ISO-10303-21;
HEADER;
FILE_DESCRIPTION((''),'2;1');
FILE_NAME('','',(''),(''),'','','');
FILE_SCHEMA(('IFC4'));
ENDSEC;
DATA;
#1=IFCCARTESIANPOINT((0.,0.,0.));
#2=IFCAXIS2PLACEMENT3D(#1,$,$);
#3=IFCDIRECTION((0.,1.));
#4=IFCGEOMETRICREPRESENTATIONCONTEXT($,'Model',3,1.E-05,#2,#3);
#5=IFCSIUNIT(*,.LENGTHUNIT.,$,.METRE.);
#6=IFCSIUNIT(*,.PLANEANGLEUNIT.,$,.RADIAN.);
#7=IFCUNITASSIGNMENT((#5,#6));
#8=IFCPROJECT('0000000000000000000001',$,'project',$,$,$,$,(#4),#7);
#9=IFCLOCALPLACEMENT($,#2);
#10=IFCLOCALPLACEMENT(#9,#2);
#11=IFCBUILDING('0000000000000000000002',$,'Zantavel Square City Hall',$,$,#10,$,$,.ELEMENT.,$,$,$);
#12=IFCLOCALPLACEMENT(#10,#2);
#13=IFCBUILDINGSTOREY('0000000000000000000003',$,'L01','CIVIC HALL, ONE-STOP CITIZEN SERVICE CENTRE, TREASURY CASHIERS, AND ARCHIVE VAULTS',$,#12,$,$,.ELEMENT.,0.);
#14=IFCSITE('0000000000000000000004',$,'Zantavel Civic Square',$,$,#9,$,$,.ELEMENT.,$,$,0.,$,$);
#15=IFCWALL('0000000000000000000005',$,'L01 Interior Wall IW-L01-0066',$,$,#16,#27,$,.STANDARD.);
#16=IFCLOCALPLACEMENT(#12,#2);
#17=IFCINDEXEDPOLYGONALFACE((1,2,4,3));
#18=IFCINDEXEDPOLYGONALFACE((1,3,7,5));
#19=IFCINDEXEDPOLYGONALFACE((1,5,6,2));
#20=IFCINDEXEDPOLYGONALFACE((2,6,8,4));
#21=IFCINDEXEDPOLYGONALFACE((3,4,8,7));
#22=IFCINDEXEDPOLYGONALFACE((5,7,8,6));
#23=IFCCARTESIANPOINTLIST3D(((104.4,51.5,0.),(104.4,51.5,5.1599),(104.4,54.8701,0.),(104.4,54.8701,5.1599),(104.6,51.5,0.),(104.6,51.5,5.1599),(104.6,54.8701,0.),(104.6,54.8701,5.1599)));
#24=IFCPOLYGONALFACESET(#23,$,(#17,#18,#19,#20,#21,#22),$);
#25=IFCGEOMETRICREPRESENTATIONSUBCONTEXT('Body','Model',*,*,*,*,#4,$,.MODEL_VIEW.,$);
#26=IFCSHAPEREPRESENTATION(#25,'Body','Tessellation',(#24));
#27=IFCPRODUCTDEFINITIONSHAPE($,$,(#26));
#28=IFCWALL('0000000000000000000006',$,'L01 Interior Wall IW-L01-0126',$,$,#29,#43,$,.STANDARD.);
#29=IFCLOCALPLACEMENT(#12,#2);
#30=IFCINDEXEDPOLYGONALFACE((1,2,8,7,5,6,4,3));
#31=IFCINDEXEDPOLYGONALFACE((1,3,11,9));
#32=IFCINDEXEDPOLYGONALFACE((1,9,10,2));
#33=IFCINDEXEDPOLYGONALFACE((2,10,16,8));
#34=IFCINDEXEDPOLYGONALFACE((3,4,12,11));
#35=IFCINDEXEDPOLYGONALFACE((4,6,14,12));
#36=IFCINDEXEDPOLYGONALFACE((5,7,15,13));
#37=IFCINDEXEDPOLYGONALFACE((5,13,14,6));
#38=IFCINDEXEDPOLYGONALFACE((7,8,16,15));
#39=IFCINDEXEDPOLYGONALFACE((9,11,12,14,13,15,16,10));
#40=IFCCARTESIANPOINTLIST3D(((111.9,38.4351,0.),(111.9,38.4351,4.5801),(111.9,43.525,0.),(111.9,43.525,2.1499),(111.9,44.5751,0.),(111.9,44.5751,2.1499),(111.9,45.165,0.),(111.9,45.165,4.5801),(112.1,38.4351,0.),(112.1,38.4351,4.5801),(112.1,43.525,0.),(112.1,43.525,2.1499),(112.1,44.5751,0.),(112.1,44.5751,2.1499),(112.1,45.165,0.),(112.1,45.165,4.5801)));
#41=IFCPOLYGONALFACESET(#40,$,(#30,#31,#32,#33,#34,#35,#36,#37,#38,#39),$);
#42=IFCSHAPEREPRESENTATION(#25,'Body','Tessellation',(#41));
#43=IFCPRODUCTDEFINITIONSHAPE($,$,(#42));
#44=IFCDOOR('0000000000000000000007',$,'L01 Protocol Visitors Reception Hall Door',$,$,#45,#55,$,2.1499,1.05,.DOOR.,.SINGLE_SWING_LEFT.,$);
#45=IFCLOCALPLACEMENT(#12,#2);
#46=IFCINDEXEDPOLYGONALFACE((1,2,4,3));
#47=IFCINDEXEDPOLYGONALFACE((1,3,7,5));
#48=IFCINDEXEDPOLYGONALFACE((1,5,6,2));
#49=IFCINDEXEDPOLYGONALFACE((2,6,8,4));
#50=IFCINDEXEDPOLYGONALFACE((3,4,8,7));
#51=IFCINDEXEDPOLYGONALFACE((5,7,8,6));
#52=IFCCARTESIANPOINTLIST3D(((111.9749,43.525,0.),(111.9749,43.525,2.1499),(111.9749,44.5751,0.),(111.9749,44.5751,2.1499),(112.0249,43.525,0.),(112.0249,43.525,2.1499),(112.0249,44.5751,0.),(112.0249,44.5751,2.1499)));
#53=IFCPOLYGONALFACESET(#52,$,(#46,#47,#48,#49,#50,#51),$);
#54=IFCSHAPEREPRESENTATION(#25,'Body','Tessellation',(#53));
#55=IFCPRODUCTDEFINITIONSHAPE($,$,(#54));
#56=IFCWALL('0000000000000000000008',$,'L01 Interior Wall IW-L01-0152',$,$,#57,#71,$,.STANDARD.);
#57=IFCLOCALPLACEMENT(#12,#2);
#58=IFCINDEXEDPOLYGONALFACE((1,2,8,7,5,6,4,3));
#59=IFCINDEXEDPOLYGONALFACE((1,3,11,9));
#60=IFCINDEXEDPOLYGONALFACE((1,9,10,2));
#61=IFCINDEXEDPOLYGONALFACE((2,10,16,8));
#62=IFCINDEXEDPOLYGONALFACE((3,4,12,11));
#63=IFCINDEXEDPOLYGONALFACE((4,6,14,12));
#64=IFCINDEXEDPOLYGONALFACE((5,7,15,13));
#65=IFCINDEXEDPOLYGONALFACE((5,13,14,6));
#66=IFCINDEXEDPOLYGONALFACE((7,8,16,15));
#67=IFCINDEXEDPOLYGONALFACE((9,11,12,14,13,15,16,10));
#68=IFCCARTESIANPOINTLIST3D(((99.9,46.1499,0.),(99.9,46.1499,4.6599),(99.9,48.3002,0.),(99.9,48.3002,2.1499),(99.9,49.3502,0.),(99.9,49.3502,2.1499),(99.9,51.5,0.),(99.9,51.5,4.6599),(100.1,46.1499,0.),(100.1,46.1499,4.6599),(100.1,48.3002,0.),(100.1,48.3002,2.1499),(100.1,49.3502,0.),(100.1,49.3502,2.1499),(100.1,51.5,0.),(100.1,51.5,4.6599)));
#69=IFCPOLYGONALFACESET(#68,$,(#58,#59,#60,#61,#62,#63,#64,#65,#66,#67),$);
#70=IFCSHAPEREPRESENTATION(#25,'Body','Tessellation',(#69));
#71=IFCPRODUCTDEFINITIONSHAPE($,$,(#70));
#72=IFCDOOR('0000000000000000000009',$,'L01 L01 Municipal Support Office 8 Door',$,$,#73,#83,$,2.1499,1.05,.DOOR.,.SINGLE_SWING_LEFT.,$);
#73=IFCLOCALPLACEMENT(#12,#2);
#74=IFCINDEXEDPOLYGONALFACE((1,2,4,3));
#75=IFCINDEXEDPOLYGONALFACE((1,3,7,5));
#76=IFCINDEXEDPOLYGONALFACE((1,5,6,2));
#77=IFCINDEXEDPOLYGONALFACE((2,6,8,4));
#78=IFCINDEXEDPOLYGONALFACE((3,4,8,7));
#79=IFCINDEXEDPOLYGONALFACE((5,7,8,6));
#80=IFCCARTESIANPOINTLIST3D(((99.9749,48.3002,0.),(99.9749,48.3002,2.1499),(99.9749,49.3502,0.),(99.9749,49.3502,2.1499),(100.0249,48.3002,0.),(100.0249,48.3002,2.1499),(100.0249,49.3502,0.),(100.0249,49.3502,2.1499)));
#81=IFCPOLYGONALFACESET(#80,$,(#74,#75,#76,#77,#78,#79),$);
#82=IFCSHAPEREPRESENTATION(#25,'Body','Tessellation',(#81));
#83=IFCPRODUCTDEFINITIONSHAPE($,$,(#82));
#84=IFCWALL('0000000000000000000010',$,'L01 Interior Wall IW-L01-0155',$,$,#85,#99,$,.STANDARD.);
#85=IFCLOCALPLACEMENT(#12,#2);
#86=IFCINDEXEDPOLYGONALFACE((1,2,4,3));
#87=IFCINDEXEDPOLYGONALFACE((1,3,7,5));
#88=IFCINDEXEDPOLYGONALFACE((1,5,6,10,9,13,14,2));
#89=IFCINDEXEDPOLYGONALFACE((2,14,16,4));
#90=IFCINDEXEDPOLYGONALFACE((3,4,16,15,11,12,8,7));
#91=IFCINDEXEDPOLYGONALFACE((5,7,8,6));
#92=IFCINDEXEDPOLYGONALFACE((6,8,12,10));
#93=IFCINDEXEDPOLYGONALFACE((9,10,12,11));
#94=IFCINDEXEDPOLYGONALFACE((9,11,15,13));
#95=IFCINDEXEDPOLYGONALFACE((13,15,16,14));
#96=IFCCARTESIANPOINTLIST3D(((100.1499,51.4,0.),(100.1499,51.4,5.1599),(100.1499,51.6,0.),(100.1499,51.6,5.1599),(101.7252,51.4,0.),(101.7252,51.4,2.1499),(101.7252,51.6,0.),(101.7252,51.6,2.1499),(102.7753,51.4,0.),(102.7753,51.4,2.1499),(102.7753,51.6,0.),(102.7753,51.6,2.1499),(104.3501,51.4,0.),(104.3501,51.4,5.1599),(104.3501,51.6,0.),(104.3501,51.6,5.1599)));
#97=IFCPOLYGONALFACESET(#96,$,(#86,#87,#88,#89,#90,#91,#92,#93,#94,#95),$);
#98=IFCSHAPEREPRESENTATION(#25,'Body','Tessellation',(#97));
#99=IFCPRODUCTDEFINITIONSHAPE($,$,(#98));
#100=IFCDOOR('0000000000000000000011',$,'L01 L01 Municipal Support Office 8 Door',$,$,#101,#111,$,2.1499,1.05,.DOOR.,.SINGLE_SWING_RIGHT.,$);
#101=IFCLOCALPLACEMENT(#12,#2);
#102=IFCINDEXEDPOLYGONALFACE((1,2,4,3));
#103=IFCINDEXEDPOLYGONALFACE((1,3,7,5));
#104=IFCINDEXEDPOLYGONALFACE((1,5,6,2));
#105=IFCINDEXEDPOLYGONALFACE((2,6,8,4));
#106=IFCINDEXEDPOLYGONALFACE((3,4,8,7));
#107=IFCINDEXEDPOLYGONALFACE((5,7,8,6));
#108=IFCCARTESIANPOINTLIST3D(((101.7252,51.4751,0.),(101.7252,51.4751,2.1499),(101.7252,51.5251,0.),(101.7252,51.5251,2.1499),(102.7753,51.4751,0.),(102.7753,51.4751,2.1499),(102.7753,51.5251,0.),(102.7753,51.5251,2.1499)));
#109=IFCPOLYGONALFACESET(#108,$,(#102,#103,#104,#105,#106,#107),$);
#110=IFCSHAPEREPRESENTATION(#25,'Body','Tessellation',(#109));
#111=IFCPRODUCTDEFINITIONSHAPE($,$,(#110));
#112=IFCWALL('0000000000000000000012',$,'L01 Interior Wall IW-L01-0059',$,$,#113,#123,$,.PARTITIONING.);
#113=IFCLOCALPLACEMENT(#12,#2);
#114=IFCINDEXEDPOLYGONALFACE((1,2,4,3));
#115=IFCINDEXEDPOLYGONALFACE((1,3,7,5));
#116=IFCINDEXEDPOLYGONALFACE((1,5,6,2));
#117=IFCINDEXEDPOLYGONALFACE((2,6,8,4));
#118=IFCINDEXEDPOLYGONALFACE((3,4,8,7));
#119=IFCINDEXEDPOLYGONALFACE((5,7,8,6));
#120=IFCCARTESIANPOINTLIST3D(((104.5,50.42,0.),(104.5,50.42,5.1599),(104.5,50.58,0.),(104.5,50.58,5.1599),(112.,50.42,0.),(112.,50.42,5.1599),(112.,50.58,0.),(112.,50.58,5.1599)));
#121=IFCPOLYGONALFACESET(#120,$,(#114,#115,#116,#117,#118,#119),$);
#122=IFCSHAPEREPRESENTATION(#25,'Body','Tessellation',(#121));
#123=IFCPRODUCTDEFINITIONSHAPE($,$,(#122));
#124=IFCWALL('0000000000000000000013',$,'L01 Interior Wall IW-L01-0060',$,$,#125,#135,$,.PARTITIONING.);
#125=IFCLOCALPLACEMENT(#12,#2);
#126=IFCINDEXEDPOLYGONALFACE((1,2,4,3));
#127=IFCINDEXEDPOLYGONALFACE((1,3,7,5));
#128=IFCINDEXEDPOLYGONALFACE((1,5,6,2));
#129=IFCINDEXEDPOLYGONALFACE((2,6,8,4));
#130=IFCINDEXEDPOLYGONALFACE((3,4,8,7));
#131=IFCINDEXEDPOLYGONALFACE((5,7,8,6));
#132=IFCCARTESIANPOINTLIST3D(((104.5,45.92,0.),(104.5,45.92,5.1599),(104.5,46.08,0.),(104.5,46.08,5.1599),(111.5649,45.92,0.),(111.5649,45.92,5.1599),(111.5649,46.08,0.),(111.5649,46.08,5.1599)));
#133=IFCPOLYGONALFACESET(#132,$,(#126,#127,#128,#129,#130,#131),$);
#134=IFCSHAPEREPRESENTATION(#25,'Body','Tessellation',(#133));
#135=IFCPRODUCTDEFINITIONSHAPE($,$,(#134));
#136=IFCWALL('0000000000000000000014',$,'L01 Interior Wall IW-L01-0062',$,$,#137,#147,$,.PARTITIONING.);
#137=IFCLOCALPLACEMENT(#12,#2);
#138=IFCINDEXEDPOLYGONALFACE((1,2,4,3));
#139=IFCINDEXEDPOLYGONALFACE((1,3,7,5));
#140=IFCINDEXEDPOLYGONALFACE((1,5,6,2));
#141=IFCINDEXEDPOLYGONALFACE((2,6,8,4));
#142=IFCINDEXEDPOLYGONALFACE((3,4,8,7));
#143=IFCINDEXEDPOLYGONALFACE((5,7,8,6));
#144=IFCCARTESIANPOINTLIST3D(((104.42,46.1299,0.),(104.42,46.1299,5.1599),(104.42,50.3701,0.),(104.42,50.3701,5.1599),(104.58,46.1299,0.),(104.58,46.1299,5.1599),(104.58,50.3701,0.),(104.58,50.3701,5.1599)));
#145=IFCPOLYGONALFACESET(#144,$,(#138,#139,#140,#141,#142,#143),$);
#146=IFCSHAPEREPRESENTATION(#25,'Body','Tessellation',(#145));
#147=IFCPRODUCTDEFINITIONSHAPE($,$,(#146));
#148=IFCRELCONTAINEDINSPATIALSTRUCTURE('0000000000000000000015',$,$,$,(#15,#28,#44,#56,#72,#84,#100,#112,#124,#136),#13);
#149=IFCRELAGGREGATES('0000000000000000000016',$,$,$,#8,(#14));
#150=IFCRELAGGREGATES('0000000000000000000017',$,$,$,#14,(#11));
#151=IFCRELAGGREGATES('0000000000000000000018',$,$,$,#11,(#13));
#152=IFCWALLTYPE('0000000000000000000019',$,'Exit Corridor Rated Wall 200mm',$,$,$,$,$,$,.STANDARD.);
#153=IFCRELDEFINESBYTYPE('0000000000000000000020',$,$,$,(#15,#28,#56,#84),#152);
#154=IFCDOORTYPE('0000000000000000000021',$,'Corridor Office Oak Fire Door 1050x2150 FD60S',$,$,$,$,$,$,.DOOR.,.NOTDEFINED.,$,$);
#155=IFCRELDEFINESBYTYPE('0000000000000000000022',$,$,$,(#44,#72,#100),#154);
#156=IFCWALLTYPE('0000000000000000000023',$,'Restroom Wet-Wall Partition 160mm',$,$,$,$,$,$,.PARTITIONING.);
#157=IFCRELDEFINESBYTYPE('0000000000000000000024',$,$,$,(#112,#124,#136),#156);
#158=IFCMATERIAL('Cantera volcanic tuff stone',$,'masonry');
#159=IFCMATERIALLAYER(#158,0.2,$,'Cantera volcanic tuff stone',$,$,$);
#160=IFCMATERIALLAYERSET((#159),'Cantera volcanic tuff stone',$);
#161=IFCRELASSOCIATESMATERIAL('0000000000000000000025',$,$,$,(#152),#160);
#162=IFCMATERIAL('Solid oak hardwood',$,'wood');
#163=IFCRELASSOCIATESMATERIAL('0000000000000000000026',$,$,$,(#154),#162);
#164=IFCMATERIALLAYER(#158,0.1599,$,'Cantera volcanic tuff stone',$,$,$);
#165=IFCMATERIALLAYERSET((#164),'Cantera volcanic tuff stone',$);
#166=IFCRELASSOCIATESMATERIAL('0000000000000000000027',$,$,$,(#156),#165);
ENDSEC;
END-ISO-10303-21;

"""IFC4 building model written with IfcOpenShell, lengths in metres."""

from ifc_helpers import new_model, si_unit, direction, frame, frame_2d, origin, place, context, subcontext, project, spatial, rectangle, extrude, material, layer, layer_set, type_object, element, fill, save


model = new_model("IFC4")

# Units and contexts
model_context = context("Model", 3, precision=1e-05, world=origin(), true_north=direction((0.0, 1.0)))
body_context = subcontext(model_context, "Body", "Model", "MODEL_VIEW")
ifc_project = project(units=[si_unit("LENGTHUNIT", "METRE"), si_unit("PLANEANGLEUNIT", "RADIAN")], contexts=[model_context])

# Site, building, storey
site_placement = place(None, origin())
site = spatial("IfcSite", under=ifc_project, at=site_placement, Name="Zantavel Civic Square", CompositionType="ELEMENT", RefElevation=0.0)
building_placement = place(site_placement, origin())
building = spatial("IfcBuilding", under=site, at=building_placement, Name="Zantavel Square City Hall", CompositionType="ELEMENT")
storey_placement = place(building_placement, origin())
storey = spatial("IfcBuildingStorey", under=building, at=storey_placement, Name="L01", Description="CIVIC HALL, ONE-STOP CITIZEN SERVICE CENTRE, TREASURY CASHIERS, AND ARCHIVE VAULTS", CompositionType="ELEMENT", Elevation=0.0)

# Wall
ifc_material_1 = material(Name="Cantera volcanic tuff stone", Category="masonry")
ifc_layer_1 = layer(ifc_material_1, 0.2, Name="Cantera volcanic tuff stone")
ifc_layer_set_1 = layer_set([ifc_layer_1], Name="Cantera volcanic tuff stone")
wall_type_1 = type_object("IfcWallType", Name="Exit Corridor Rated Wall 200mm", PredefinedType="STANDARD", material=ifc_layer_set_1)
wall_1_placement = place(storey_placement, frame((104.5, 51.5, 0.0), z_axis=(0.0, 0.0, 1.0), x_axis=(0.0, 1.0, 0.0)))
element("IfcWall", 1, at=wall_1_placement, inside=storey, type_object=wall_type_1, Name="L01 Interior Wall IW-L01-0066", PredefinedType="STANDARD", context=body_context, shape_type="SweptSolid", body=[
    extrude(rectangle(XDim=3.3701, YDim=0.2, at=frame_2d((1.6851, 0.0))), origin(), (0.0, 0.0, 1.0), 5.1599),
])

# Walls, openings, doors
wall_2_placement = place(storey_placement, frame((112.0, 45.165, 0.0), z_axis=(0.0, 0.0, 1.0), x_axis=(0.0, -1.0, 0.0)))
wall_2 = element("IfcWall", 2, at=wall_2_placement, inside=storey, type_object=wall_type_1, Name="L01 Interior Wall IW-L01-0126", PredefinedType="STANDARD", context=body_context, shape_type="SweptSolid", body=[
    extrude(rectangle(XDim=6.73, YDim=0.2, at=frame_2d((3.365, 0.0))), origin(), (0.0, 0.0, 1.0), 4.5801),
])
opening_1_placement = place(wall_2_placement, frame((0.5901, 0.0, 0.0)))
opening_1 = element("IfcOpeningElement", 3, at=opening_1_placement, cuts=wall_2, PredefinedType="OPENING", context=body_context, shape_type="SweptSolid", body=[
    extrude(rectangle(XDim=1.05, YDim=2.1499, at=frame_2d((0.5249, 1.075))), frame((0.0, 0.1099, 0.0), z_axis=(0.0, -1.0, 0.0), x_axis=(1.0, 0.0, 0.0)), (0.0, 0.0, 1.0), 0.22),
])
ifc_material_2 = material(Name="Solid oak hardwood", Category="wood")
door_type = type_object("IfcDoorType", Name="Corridor Office Oak Fire Door 1050x2150 FD60S", OperationType="NOTDEFINED", PredefinedType="DOOR", material=ifc_material_2)
door_1_placement = place(opening_1_placement, origin())
door_1 = element("IfcDoor", 4, at=door_1_placement, inside=storey, type_object=door_type, Name="L01 Protocol Visitors Reception Hall Door", OperationType="SINGLE_SWING_LEFT", OverallHeight=2.1499, OverallWidth=1.05, PredefinedType="DOOR", context=body_context, shape_type="SweptSolid", body=[
    extrude(rectangle(XDim=1.05, YDim=2.1499, at=frame_2d((0.5249, 1.075))), frame((0.0, 0.0249, 0.0), z_axis=(0.0, -1.0, 0.0), x_axis=(1.0, 0.0, 0.0)), (0.0, 0.0, 1.0), 0.05),
])
fill(opening_1, door_1)
wall_3_placement = place(storey_placement, frame((100.0, 51.5, 0.0), z_axis=(0.0, 0.0, 1.0), x_axis=(0.0, -1.0, 0.0)))
wall_3 = element("IfcWall", 5, at=wall_3_placement, inside=storey, type_object=wall_type_1, Name="L01 Interior Wall IW-L01-0152", PredefinedType="STANDARD", context=body_context, shape_type="SweptSolid", body=[
    extrude(rectangle(XDim=5.3501, YDim=0.2, at=frame_2d((2.675, 0.0))), origin(), (0.0, 0.0, 1.0), 4.6599),
])
opening_2_placement = place(wall_3_placement, frame((2.1499, 0.0, 0.0)))
opening_2 = element("IfcOpeningElement", 6, at=opening_2_placement, cuts=wall_3, PredefinedType="OPENING", context=body_context, shape_type="SweptSolid", body=[
    extrude(rectangle(XDim=1.05, YDim=2.1499, at=frame_2d((0.5249, 1.075))), frame((0.0, 0.1099, 0.0), z_axis=(0.0, -1.0, 0.0), x_axis=(1.0, 0.0, 0.0)), (0.0, 0.0, 1.0), 0.22),
])
door_2_placement = place(opening_2_placement, origin())
door_2 = element("IfcDoor", 7, at=door_2_placement, inside=storey, type_object=door_type, Name="L01 L01 Municipal Support Office 8 Door", OperationType="SINGLE_SWING_LEFT", OverallHeight=2.1499, OverallWidth=1.05, PredefinedType="DOOR", context=body_context, shape_type="SweptSolid", body=[
    extrude(rectangle(XDim=1.05, YDim=2.1499, at=frame_2d((0.5249, 1.075))), frame((0.0, 0.0249, 0.0), z_axis=(0.0, -1.0, 0.0), x_axis=(1.0, 0.0, 0.0)), (0.0, 0.0, 1.0), 0.05),
])
fill(opening_2, door_2)
wall_4_placement = place(storey_placement, frame((104.3501, 51.5, 0.0), z_axis=(0.0, 0.0, 1.0), x_axis=(-1.0, 0.0, 0.0)))
wall_4 = element("IfcWall", 8, at=wall_4_placement, inside=storey, type_object=wall_type_1, Name="L01 Interior Wall IW-L01-0155", PredefinedType="STANDARD", context=body_context, shape_type="SweptSolid", body=[
    extrude(rectangle(XDim=4.2002, YDim=0.2, at=frame_2d((2.1001, 0.0))), origin(), (0.0, 0.0, 1.0), 5.1599),
])
opening_3_placement = place(wall_4_placement, frame((1.575, 0.0, 0.0)))
opening_3 = element("IfcOpeningElement", 9, at=opening_3_placement, cuts=wall_4, PredefinedType="OPENING", context=body_context, shape_type="SweptSolid", body=[
    extrude(rectangle(XDim=1.05, YDim=2.1499, at=frame_2d((0.5249, 1.075))), frame((0.0, 0.1099, 0.0), z_axis=(0.0, -1.0, 0.0), x_axis=(1.0, 0.0, 0.0)), (0.0, 0.0, 1.0), 0.22),
])
door_3_placement = place(opening_3_placement, origin())
door_3 = element("IfcDoor", 10, at=door_3_placement, inside=storey, type_object=door_type, Name="L01 L01 Municipal Support Office 8 Door", OperationType="SINGLE_SWING_RIGHT", OverallHeight=2.1499, OverallWidth=1.05, PredefinedType="DOOR", context=body_context, shape_type="SweptSolid", body=[
    extrude(rectangle(XDim=1.05, YDim=2.1499, at=frame_2d((0.5249, 1.075))), frame((0.0, 0.0249, 0.0), z_axis=(0.0, -1.0, 0.0), x_axis=(1.0, 0.0, 0.0)), (0.0, 0.0, 1.0), 0.05),
])
fill(opening_3, door_3)

# Walls
ifc_layer_2 = layer(ifc_material_1, 0.1599, Name="Cantera volcanic tuff stone")
ifc_layer_set_2 = layer_set([ifc_layer_2], Name="Cantera volcanic tuff stone")
wall_type_2 = type_object("IfcWallType", Name="Restroom Wet-Wall Partition 160mm", PredefinedType="PARTITIONING", material=ifc_layer_set_2)
wall_5_placement = place(storey_placement, frame((104.5, 50.5, 0.0), z_axis=(0.0, 0.0, 1.0), x_axis=(1.0, 0.0, 0.0)))
element("IfcWall", 11, at=wall_5_placement, inside=storey, type_object=wall_type_2, Name="L01 Interior Wall IW-L01-0059", PredefinedType="PARTITIONING", context=body_context, shape_type="SweptSolid", body=[
    extrude(rectangle(XDim=7.5, YDim=0.1599, at=frame_2d((3.75, 0.0))), origin(), (0.0, 0.0, 1.0), 5.1599),
])
wall_6_placement = place(storey_placement, frame((111.5649, 46.0, 0.0), z_axis=(0.0, 0.0, 1.0), x_axis=(-1.0, 0.0, 0.0)))
element("IfcWall", 12, at=wall_6_placement, inside=storey, type_object=wall_type_2, Name="L01 Interior Wall IW-L01-0060", PredefinedType="PARTITIONING", context=body_context, shape_type="SweptSolid", body=[
    extrude(rectangle(XDim=7.0649, YDim=0.1599, at=frame_2d((3.5325, 0.0))), origin(), (0.0, 0.0, 1.0), 5.1599),
])
wall_7_placement = place(storey_placement, frame((104.5, 46.1299, 0.0), z_axis=(0.0, 0.0, 1.0), x_axis=(0.0, 1.0, 0.0)))
element("IfcWall", 13, at=wall_7_placement, inside=storey, type_object=wall_type_2, Name="L01 Interior Wall IW-L01-0062", PredefinedType="PARTITIONING", context=body_context, shape_type="SweptSolid", body=[
    extrude(rectangle(XDim=4.2402, YDim=0.1599, at=frame_2d((2.1201, 0.0))), origin(), (0.0, 0.0, 1.0), 5.1599),
])

save(model, "model.ifc")
